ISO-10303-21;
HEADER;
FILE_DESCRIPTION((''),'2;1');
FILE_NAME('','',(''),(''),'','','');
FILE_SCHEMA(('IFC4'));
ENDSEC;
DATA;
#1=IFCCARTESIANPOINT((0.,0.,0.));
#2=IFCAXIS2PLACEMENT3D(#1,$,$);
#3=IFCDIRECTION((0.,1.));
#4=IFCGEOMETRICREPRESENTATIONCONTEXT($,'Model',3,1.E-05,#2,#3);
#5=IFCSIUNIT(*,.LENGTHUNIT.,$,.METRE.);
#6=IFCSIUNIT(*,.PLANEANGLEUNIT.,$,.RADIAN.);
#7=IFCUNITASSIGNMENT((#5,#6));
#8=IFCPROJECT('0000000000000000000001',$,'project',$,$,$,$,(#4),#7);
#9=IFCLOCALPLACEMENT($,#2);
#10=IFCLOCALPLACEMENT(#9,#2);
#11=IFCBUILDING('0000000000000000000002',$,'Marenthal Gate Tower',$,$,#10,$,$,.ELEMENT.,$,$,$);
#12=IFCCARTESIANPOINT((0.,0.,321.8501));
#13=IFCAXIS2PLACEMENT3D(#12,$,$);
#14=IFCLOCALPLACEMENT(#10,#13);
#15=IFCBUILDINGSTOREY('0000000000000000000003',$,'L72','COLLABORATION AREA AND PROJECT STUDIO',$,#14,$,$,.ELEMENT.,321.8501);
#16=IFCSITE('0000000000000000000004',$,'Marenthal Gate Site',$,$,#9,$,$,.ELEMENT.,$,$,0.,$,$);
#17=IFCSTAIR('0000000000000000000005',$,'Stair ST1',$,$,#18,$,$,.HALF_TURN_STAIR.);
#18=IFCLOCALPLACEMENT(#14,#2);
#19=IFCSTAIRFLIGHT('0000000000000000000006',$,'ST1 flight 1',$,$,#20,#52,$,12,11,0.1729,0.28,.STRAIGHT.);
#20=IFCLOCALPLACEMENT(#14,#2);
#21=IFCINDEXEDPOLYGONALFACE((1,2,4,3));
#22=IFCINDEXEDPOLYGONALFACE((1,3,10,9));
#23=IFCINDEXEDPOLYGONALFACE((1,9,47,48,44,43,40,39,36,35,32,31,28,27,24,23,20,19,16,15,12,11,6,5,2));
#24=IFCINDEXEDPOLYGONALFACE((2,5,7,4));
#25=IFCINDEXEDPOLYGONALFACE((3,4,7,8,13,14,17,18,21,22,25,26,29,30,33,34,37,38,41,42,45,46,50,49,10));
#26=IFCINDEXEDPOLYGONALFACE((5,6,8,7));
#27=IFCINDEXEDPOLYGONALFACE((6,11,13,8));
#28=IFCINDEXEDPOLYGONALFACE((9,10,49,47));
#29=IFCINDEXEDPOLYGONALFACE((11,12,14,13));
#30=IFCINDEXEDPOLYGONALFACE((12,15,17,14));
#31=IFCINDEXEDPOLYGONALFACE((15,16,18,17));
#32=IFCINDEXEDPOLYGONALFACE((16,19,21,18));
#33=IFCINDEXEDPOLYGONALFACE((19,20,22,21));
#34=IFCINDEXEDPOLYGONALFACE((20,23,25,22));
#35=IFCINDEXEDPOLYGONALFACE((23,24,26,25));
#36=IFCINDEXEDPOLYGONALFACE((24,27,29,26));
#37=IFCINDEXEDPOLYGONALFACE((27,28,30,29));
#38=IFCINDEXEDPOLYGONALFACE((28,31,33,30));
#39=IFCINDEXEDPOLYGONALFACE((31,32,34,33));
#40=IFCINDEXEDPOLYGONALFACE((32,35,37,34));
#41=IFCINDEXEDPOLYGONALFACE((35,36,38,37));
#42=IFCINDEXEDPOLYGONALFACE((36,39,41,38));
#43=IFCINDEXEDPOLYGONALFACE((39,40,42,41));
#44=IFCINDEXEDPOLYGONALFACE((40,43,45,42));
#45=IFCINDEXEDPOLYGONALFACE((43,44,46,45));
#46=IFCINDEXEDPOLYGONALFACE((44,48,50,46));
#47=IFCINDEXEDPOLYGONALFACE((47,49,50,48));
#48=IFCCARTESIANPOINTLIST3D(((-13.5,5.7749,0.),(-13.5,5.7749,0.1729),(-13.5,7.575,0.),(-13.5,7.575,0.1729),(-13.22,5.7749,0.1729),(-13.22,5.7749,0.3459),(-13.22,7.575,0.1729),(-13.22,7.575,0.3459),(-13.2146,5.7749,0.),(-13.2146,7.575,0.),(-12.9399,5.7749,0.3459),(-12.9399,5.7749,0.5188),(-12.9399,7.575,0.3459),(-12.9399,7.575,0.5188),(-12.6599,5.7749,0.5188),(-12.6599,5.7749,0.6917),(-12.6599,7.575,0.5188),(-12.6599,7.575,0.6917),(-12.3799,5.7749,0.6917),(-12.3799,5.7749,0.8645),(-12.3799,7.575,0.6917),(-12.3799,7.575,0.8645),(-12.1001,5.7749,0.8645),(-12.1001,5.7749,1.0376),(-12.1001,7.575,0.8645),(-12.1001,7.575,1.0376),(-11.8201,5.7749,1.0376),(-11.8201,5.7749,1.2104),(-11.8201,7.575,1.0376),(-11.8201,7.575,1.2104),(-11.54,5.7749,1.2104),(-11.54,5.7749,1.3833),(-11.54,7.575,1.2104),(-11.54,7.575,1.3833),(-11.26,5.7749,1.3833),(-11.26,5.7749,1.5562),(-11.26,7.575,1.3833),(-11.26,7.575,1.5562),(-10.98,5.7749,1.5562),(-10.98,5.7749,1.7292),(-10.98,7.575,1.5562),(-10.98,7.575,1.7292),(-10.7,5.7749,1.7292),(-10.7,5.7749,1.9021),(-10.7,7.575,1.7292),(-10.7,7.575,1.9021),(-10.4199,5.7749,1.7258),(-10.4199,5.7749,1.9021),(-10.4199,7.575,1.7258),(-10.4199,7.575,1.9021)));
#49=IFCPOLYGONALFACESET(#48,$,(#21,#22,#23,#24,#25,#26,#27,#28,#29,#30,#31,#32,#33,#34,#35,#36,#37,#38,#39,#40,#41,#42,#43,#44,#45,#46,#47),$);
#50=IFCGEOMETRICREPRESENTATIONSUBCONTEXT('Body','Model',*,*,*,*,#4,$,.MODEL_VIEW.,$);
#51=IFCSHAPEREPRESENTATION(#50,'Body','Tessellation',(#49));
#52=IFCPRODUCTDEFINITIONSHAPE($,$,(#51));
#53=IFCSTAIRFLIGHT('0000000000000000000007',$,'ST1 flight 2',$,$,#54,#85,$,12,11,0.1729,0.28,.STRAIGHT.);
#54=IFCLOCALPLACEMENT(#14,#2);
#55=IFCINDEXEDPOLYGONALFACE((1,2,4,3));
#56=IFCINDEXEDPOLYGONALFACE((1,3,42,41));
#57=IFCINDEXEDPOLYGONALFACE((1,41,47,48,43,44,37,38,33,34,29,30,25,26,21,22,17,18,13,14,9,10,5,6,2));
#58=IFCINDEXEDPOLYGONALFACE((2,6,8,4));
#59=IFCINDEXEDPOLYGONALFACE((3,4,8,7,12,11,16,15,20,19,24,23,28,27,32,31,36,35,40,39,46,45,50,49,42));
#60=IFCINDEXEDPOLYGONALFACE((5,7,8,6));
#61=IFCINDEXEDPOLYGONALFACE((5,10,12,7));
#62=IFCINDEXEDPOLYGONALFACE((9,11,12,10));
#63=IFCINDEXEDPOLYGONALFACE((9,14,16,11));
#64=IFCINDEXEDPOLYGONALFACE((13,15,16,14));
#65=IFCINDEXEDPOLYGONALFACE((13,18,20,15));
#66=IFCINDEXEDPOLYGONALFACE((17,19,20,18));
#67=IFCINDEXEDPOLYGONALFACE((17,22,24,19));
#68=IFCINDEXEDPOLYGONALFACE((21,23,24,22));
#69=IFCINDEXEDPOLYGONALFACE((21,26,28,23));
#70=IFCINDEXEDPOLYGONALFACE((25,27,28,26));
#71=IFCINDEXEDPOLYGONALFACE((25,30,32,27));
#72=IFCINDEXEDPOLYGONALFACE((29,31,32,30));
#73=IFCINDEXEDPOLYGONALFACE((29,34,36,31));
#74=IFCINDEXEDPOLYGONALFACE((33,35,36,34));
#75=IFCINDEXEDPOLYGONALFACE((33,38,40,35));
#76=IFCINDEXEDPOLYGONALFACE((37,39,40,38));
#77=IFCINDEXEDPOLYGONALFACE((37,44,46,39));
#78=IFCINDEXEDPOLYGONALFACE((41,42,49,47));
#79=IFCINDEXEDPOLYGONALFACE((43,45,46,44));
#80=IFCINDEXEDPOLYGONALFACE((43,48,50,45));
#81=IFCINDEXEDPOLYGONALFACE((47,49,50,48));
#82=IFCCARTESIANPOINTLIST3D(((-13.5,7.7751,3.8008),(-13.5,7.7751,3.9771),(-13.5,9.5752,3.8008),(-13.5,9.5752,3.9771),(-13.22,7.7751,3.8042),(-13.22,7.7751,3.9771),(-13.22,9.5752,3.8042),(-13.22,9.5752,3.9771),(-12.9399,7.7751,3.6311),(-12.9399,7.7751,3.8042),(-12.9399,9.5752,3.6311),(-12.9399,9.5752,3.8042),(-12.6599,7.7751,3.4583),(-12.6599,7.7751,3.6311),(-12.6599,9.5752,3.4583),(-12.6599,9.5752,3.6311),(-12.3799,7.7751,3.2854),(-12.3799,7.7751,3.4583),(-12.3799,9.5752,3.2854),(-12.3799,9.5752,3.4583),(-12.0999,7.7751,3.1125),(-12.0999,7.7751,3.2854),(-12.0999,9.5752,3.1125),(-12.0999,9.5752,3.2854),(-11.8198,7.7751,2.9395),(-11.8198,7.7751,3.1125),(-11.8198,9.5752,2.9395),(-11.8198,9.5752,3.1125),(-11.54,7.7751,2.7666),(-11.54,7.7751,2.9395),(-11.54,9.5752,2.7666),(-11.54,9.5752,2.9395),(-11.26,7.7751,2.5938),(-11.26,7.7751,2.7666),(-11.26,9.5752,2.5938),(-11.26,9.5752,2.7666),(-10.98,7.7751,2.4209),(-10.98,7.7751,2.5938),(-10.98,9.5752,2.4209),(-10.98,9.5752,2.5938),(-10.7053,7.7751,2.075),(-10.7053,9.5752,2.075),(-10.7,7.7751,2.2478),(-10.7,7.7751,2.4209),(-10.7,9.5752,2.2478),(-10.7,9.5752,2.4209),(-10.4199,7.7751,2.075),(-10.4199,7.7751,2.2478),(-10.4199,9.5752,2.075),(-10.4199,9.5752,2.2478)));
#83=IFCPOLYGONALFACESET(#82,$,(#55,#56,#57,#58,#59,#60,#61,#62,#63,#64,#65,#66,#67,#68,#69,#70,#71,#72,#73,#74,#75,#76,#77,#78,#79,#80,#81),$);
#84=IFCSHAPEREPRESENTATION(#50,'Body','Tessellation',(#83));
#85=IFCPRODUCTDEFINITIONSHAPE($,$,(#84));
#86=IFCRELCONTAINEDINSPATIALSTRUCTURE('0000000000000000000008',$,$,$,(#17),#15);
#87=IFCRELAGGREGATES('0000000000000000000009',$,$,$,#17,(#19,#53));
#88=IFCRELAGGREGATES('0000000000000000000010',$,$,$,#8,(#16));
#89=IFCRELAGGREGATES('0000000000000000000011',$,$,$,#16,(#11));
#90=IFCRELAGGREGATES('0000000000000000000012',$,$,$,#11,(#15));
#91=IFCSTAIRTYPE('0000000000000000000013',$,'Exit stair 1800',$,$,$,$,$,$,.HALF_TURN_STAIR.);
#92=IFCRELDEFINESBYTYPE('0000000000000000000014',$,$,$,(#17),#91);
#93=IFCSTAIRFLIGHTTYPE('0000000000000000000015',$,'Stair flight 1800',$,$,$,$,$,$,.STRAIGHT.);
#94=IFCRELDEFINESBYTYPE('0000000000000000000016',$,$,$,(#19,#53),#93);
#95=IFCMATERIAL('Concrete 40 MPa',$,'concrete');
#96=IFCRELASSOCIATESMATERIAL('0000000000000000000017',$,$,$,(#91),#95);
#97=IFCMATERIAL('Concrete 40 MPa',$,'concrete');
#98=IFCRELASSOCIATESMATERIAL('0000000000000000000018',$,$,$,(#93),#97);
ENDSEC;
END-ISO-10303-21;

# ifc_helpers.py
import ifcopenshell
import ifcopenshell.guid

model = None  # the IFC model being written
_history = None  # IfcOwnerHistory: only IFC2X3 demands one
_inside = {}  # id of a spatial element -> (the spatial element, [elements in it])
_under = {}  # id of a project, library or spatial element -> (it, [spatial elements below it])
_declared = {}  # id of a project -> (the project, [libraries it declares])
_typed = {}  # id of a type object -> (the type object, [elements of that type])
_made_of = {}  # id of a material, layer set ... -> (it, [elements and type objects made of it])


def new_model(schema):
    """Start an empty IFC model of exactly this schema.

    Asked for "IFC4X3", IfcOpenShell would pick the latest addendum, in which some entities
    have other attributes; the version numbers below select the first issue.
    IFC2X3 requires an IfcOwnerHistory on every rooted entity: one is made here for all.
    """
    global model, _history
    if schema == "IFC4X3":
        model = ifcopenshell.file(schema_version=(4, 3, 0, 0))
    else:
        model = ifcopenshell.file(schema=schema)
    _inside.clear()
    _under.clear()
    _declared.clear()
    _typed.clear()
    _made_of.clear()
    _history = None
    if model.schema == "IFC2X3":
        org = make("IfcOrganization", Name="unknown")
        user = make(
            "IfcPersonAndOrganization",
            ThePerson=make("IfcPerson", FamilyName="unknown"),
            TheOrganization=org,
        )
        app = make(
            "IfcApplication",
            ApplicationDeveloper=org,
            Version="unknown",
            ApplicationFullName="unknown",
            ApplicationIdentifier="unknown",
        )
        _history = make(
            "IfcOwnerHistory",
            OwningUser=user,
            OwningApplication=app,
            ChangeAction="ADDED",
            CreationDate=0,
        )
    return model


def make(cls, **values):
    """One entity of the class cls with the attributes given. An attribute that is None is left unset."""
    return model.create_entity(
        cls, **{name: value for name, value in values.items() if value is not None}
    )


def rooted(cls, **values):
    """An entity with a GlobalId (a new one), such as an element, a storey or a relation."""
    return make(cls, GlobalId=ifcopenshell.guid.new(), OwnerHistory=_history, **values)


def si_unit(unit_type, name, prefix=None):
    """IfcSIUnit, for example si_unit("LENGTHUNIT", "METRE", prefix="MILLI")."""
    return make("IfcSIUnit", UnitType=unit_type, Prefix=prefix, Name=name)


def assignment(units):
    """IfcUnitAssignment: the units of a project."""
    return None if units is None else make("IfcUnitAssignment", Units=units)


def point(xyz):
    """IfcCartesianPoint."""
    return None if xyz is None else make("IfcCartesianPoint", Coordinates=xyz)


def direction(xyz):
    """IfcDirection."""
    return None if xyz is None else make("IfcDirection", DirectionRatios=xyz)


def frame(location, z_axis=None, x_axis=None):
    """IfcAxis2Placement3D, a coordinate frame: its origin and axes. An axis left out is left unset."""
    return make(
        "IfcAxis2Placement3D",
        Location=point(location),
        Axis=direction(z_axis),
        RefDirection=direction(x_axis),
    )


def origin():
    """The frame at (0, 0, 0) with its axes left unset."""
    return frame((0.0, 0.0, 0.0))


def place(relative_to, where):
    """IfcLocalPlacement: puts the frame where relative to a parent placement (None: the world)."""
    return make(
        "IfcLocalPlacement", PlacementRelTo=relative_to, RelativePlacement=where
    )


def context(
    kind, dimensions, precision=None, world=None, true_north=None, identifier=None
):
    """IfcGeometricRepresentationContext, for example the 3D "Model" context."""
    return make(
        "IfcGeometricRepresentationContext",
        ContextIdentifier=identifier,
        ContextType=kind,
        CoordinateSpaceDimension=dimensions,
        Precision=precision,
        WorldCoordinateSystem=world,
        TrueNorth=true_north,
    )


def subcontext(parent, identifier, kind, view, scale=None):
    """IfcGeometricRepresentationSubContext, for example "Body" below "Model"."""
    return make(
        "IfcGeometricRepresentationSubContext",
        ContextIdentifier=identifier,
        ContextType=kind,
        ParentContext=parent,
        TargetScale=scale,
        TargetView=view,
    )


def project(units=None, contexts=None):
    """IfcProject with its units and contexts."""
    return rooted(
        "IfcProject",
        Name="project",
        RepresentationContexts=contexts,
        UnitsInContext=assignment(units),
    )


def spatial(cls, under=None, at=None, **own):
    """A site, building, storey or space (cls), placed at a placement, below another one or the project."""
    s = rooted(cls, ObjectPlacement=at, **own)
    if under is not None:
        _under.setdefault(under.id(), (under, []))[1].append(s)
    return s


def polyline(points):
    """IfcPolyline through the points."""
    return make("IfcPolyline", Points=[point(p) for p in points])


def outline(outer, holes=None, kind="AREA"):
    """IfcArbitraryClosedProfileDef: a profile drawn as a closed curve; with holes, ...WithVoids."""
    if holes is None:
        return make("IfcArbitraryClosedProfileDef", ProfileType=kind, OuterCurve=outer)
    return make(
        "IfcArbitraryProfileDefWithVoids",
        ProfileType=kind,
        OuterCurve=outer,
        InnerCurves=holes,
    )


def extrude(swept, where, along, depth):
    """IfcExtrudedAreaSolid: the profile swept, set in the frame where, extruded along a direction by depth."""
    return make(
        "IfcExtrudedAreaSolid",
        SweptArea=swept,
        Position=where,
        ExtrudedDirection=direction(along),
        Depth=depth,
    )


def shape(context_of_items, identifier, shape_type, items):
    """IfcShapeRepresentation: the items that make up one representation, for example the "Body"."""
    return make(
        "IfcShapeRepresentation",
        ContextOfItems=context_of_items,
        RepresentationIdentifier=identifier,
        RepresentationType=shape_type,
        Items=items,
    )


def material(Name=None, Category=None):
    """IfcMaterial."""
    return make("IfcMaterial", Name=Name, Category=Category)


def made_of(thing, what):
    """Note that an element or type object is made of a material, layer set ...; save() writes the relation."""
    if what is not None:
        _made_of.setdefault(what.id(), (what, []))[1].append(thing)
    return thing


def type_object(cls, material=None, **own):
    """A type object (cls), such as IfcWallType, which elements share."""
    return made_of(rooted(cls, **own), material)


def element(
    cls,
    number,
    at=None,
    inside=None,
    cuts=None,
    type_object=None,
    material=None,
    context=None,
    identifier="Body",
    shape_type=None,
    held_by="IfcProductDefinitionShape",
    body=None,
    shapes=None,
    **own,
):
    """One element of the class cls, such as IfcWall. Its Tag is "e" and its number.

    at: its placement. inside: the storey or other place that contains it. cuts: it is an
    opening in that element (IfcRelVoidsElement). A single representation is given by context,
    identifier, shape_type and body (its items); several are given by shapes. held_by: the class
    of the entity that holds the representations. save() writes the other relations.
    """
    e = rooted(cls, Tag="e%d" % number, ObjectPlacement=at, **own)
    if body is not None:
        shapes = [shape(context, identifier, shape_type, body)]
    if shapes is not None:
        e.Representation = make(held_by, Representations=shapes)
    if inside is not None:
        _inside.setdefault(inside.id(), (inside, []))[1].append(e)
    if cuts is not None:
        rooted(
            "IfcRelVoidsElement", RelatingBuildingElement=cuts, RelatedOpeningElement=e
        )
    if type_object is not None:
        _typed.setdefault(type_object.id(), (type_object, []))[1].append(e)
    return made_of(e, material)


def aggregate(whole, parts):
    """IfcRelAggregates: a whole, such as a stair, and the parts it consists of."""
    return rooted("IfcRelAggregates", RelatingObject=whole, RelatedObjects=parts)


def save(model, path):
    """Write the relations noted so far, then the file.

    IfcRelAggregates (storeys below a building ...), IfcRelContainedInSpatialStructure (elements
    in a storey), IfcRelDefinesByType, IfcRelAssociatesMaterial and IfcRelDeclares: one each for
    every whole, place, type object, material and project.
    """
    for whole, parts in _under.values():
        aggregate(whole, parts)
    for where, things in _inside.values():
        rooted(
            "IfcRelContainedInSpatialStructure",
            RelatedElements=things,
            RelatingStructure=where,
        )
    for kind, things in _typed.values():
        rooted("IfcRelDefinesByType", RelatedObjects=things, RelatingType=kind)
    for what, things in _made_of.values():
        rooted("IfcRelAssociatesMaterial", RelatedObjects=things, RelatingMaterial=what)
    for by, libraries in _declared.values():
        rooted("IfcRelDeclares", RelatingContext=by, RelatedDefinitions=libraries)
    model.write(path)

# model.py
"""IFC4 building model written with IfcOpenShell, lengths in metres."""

from ifc_helpers import new_model, si_unit, direction, frame, origin, place, context, subcontext, project, spatial, polyline, outline, extrude, material, type_object, element, aggregate, save


model = new_model("IFC4")

# Units and contexts
model_context = context("Model", 3, precision=1e-05, world=origin(), true_north=direction((0.0, 1.0)))
body_context = subcontext(model_context, "Body", "Model", "MODEL_VIEW")
ifc_project = project(units=[si_unit("LENGTHUNIT", "METRE"), si_unit("PLANEANGLEUNIT", "RADIAN")], contexts=[model_context])

# Site, building, storey
site_placement = place(None, origin())
site = spatial("IfcSite", under=ifc_project, at=site_placement, Name="Marenthal Gate Site", CompositionType="ELEMENT", RefElevation=0.0)
building_placement = place(site_placement, origin())
building = spatial("IfcBuilding", under=site, at=building_placement, Name="Marenthal Gate Tower", CompositionType="ELEMENT")
storey_placement = place(building_placement, frame((0.0, 0.0, 321.8501)))
storey = spatial("IfcBuildingStorey", under=building, at=storey_placement, Name="L72", Description="COLLABORATION AREA AND PROJECT STUDIO", CompositionType="ELEMENT", Elevation=321.8501)

# Stair, stair flights
ifc_material_1 = material(Name="Concrete 40 MPa", Category="concrete")
stair_type = type_object("IfcStairType", Name="Exit stair 1800", PredefinedType="HALF_TURN_STAIR", material=ifc_material_1)
stair_placement = place(storey_placement, origin())
stair = element("IfcStair", 1, at=stair_placement, inside=storey, type_object=stair_type, Name="Stair ST1", PredefinedType="HALF_TURN_STAIR")
ifc_material_2 = material(Name="Concrete 40 MPa", Category="concrete")
stair_flight_type = type_object("IfcStairFlightType", Name="Stair flight 1800", PredefinedType="STRAIGHT", material=ifc_material_2)
stair_flight_1_placement = place(storey_placement, frame((-13.5, 6.675, 0.0), z_axis=(0.0, 0.0, 1.0), x_axis=(1.0, 0.0, 0.0)))
stair_flight_1 = element("IfcStairFlight", 2, at=stair_flight_1_placement, type_object=stair_flight_type, Name="ST1 flight 1", NumberOfRisers=12, NumberOfTreads=11, PredefinedType="STRAIGHT", RiserHeight=0.1729, TreadLength=0.28, context=body_context, shape_type="SweptSolid", body=[
    extrude(outline(polyline([(0.0, 0.0), (0.0, 0.1729), (0.28, 0.1729), (0.28, 0.3459), (0.5601, 0.3459), (0.5601, 0.5188), (0.8401, 0.5188), (0.8401, 0.6917), (1.1201, 0.6917), (1.1201, 0.8645), (1.3999, 0.8645), (1.3999, 1.0376), (1.6799, 1.0376), (1.6799, 1.2104), (1.96, 1.2104), (1.96, 1.3833), (2.24, 1.3833), (2.24, 1.5562), (2.52, 1.5562), (2.52, 1.7292), (2.8, 1.7292), (2.8, 1.9021), (3.0801, 1.9021), (3.0801, 2.075), (3.0801, 1.7258), (0.2854, 0.0), (0.0, 0.0)])), frame((0.0, 0.8999, 0.0), z_axis=(0.0, -1.0, 0.0), x_axis=(1.0, 0.0, 0.0)), (0.0, 0.0, 1.0), 1.8),
])
stair_flight_2_placement = place(storey_placement, frame((-10.4199, 8.675, 2.075), z_axis=(0.0, 0.0, 1.0), x_axis=(-1.0, 0.0, 0.0)))
stair_flight_2 = element("IfcStairFlight", 3, at=stair_flight_2_placement, type_object=stair_flight_type, Name="ST1 flight 2", NumberOfRisers=12, NumberOfTreads=11, PredefinedType="STRAIGHT", RiserHeight=0.1729, TreadLength=0.28, context=body_context, shape_type="SweptSolid", body=[
    extrude(outline(polyline([(0.0, 0.0), (0.0, 0.1729), (0.28, 0.1729), (0.28, 0.3459), (0.5601, 0.3459), (0.5601, 0.5188), (0.8401, 0.5188), (0.8401, 0.6917), (1.1201, 0.6917), (1.1201, 0.8645), (1.3999, 0.8645), (1.3999, 1.0376), (1.6799, 1.0376), (1.6799, 1.2104), (1.96, 1.2104), (1.96, 1.3833), (2.24, 1.3833), (2.24, 1.5562), (2.52, 1.5562), (2.52, 1.7292), (2.8, 1.7292), (2.8, 1.9021), (3.0801, 1.9021), (3.0801, 2.075), (3.0801, 1.7258), (0.2854, 0.0), (0.0, 0.0)])), frame((0.0, 0.8999, 0.0), z_axis=(0.0, -1.0, 0.0), x_axis=(1.0, 0.0, 0.0)), (0.0, 0.0, 1.0), 1.8),
])
aggregate(stair, [stair_flight_1, stair_flight_2])

save(model, "model.ifc")
